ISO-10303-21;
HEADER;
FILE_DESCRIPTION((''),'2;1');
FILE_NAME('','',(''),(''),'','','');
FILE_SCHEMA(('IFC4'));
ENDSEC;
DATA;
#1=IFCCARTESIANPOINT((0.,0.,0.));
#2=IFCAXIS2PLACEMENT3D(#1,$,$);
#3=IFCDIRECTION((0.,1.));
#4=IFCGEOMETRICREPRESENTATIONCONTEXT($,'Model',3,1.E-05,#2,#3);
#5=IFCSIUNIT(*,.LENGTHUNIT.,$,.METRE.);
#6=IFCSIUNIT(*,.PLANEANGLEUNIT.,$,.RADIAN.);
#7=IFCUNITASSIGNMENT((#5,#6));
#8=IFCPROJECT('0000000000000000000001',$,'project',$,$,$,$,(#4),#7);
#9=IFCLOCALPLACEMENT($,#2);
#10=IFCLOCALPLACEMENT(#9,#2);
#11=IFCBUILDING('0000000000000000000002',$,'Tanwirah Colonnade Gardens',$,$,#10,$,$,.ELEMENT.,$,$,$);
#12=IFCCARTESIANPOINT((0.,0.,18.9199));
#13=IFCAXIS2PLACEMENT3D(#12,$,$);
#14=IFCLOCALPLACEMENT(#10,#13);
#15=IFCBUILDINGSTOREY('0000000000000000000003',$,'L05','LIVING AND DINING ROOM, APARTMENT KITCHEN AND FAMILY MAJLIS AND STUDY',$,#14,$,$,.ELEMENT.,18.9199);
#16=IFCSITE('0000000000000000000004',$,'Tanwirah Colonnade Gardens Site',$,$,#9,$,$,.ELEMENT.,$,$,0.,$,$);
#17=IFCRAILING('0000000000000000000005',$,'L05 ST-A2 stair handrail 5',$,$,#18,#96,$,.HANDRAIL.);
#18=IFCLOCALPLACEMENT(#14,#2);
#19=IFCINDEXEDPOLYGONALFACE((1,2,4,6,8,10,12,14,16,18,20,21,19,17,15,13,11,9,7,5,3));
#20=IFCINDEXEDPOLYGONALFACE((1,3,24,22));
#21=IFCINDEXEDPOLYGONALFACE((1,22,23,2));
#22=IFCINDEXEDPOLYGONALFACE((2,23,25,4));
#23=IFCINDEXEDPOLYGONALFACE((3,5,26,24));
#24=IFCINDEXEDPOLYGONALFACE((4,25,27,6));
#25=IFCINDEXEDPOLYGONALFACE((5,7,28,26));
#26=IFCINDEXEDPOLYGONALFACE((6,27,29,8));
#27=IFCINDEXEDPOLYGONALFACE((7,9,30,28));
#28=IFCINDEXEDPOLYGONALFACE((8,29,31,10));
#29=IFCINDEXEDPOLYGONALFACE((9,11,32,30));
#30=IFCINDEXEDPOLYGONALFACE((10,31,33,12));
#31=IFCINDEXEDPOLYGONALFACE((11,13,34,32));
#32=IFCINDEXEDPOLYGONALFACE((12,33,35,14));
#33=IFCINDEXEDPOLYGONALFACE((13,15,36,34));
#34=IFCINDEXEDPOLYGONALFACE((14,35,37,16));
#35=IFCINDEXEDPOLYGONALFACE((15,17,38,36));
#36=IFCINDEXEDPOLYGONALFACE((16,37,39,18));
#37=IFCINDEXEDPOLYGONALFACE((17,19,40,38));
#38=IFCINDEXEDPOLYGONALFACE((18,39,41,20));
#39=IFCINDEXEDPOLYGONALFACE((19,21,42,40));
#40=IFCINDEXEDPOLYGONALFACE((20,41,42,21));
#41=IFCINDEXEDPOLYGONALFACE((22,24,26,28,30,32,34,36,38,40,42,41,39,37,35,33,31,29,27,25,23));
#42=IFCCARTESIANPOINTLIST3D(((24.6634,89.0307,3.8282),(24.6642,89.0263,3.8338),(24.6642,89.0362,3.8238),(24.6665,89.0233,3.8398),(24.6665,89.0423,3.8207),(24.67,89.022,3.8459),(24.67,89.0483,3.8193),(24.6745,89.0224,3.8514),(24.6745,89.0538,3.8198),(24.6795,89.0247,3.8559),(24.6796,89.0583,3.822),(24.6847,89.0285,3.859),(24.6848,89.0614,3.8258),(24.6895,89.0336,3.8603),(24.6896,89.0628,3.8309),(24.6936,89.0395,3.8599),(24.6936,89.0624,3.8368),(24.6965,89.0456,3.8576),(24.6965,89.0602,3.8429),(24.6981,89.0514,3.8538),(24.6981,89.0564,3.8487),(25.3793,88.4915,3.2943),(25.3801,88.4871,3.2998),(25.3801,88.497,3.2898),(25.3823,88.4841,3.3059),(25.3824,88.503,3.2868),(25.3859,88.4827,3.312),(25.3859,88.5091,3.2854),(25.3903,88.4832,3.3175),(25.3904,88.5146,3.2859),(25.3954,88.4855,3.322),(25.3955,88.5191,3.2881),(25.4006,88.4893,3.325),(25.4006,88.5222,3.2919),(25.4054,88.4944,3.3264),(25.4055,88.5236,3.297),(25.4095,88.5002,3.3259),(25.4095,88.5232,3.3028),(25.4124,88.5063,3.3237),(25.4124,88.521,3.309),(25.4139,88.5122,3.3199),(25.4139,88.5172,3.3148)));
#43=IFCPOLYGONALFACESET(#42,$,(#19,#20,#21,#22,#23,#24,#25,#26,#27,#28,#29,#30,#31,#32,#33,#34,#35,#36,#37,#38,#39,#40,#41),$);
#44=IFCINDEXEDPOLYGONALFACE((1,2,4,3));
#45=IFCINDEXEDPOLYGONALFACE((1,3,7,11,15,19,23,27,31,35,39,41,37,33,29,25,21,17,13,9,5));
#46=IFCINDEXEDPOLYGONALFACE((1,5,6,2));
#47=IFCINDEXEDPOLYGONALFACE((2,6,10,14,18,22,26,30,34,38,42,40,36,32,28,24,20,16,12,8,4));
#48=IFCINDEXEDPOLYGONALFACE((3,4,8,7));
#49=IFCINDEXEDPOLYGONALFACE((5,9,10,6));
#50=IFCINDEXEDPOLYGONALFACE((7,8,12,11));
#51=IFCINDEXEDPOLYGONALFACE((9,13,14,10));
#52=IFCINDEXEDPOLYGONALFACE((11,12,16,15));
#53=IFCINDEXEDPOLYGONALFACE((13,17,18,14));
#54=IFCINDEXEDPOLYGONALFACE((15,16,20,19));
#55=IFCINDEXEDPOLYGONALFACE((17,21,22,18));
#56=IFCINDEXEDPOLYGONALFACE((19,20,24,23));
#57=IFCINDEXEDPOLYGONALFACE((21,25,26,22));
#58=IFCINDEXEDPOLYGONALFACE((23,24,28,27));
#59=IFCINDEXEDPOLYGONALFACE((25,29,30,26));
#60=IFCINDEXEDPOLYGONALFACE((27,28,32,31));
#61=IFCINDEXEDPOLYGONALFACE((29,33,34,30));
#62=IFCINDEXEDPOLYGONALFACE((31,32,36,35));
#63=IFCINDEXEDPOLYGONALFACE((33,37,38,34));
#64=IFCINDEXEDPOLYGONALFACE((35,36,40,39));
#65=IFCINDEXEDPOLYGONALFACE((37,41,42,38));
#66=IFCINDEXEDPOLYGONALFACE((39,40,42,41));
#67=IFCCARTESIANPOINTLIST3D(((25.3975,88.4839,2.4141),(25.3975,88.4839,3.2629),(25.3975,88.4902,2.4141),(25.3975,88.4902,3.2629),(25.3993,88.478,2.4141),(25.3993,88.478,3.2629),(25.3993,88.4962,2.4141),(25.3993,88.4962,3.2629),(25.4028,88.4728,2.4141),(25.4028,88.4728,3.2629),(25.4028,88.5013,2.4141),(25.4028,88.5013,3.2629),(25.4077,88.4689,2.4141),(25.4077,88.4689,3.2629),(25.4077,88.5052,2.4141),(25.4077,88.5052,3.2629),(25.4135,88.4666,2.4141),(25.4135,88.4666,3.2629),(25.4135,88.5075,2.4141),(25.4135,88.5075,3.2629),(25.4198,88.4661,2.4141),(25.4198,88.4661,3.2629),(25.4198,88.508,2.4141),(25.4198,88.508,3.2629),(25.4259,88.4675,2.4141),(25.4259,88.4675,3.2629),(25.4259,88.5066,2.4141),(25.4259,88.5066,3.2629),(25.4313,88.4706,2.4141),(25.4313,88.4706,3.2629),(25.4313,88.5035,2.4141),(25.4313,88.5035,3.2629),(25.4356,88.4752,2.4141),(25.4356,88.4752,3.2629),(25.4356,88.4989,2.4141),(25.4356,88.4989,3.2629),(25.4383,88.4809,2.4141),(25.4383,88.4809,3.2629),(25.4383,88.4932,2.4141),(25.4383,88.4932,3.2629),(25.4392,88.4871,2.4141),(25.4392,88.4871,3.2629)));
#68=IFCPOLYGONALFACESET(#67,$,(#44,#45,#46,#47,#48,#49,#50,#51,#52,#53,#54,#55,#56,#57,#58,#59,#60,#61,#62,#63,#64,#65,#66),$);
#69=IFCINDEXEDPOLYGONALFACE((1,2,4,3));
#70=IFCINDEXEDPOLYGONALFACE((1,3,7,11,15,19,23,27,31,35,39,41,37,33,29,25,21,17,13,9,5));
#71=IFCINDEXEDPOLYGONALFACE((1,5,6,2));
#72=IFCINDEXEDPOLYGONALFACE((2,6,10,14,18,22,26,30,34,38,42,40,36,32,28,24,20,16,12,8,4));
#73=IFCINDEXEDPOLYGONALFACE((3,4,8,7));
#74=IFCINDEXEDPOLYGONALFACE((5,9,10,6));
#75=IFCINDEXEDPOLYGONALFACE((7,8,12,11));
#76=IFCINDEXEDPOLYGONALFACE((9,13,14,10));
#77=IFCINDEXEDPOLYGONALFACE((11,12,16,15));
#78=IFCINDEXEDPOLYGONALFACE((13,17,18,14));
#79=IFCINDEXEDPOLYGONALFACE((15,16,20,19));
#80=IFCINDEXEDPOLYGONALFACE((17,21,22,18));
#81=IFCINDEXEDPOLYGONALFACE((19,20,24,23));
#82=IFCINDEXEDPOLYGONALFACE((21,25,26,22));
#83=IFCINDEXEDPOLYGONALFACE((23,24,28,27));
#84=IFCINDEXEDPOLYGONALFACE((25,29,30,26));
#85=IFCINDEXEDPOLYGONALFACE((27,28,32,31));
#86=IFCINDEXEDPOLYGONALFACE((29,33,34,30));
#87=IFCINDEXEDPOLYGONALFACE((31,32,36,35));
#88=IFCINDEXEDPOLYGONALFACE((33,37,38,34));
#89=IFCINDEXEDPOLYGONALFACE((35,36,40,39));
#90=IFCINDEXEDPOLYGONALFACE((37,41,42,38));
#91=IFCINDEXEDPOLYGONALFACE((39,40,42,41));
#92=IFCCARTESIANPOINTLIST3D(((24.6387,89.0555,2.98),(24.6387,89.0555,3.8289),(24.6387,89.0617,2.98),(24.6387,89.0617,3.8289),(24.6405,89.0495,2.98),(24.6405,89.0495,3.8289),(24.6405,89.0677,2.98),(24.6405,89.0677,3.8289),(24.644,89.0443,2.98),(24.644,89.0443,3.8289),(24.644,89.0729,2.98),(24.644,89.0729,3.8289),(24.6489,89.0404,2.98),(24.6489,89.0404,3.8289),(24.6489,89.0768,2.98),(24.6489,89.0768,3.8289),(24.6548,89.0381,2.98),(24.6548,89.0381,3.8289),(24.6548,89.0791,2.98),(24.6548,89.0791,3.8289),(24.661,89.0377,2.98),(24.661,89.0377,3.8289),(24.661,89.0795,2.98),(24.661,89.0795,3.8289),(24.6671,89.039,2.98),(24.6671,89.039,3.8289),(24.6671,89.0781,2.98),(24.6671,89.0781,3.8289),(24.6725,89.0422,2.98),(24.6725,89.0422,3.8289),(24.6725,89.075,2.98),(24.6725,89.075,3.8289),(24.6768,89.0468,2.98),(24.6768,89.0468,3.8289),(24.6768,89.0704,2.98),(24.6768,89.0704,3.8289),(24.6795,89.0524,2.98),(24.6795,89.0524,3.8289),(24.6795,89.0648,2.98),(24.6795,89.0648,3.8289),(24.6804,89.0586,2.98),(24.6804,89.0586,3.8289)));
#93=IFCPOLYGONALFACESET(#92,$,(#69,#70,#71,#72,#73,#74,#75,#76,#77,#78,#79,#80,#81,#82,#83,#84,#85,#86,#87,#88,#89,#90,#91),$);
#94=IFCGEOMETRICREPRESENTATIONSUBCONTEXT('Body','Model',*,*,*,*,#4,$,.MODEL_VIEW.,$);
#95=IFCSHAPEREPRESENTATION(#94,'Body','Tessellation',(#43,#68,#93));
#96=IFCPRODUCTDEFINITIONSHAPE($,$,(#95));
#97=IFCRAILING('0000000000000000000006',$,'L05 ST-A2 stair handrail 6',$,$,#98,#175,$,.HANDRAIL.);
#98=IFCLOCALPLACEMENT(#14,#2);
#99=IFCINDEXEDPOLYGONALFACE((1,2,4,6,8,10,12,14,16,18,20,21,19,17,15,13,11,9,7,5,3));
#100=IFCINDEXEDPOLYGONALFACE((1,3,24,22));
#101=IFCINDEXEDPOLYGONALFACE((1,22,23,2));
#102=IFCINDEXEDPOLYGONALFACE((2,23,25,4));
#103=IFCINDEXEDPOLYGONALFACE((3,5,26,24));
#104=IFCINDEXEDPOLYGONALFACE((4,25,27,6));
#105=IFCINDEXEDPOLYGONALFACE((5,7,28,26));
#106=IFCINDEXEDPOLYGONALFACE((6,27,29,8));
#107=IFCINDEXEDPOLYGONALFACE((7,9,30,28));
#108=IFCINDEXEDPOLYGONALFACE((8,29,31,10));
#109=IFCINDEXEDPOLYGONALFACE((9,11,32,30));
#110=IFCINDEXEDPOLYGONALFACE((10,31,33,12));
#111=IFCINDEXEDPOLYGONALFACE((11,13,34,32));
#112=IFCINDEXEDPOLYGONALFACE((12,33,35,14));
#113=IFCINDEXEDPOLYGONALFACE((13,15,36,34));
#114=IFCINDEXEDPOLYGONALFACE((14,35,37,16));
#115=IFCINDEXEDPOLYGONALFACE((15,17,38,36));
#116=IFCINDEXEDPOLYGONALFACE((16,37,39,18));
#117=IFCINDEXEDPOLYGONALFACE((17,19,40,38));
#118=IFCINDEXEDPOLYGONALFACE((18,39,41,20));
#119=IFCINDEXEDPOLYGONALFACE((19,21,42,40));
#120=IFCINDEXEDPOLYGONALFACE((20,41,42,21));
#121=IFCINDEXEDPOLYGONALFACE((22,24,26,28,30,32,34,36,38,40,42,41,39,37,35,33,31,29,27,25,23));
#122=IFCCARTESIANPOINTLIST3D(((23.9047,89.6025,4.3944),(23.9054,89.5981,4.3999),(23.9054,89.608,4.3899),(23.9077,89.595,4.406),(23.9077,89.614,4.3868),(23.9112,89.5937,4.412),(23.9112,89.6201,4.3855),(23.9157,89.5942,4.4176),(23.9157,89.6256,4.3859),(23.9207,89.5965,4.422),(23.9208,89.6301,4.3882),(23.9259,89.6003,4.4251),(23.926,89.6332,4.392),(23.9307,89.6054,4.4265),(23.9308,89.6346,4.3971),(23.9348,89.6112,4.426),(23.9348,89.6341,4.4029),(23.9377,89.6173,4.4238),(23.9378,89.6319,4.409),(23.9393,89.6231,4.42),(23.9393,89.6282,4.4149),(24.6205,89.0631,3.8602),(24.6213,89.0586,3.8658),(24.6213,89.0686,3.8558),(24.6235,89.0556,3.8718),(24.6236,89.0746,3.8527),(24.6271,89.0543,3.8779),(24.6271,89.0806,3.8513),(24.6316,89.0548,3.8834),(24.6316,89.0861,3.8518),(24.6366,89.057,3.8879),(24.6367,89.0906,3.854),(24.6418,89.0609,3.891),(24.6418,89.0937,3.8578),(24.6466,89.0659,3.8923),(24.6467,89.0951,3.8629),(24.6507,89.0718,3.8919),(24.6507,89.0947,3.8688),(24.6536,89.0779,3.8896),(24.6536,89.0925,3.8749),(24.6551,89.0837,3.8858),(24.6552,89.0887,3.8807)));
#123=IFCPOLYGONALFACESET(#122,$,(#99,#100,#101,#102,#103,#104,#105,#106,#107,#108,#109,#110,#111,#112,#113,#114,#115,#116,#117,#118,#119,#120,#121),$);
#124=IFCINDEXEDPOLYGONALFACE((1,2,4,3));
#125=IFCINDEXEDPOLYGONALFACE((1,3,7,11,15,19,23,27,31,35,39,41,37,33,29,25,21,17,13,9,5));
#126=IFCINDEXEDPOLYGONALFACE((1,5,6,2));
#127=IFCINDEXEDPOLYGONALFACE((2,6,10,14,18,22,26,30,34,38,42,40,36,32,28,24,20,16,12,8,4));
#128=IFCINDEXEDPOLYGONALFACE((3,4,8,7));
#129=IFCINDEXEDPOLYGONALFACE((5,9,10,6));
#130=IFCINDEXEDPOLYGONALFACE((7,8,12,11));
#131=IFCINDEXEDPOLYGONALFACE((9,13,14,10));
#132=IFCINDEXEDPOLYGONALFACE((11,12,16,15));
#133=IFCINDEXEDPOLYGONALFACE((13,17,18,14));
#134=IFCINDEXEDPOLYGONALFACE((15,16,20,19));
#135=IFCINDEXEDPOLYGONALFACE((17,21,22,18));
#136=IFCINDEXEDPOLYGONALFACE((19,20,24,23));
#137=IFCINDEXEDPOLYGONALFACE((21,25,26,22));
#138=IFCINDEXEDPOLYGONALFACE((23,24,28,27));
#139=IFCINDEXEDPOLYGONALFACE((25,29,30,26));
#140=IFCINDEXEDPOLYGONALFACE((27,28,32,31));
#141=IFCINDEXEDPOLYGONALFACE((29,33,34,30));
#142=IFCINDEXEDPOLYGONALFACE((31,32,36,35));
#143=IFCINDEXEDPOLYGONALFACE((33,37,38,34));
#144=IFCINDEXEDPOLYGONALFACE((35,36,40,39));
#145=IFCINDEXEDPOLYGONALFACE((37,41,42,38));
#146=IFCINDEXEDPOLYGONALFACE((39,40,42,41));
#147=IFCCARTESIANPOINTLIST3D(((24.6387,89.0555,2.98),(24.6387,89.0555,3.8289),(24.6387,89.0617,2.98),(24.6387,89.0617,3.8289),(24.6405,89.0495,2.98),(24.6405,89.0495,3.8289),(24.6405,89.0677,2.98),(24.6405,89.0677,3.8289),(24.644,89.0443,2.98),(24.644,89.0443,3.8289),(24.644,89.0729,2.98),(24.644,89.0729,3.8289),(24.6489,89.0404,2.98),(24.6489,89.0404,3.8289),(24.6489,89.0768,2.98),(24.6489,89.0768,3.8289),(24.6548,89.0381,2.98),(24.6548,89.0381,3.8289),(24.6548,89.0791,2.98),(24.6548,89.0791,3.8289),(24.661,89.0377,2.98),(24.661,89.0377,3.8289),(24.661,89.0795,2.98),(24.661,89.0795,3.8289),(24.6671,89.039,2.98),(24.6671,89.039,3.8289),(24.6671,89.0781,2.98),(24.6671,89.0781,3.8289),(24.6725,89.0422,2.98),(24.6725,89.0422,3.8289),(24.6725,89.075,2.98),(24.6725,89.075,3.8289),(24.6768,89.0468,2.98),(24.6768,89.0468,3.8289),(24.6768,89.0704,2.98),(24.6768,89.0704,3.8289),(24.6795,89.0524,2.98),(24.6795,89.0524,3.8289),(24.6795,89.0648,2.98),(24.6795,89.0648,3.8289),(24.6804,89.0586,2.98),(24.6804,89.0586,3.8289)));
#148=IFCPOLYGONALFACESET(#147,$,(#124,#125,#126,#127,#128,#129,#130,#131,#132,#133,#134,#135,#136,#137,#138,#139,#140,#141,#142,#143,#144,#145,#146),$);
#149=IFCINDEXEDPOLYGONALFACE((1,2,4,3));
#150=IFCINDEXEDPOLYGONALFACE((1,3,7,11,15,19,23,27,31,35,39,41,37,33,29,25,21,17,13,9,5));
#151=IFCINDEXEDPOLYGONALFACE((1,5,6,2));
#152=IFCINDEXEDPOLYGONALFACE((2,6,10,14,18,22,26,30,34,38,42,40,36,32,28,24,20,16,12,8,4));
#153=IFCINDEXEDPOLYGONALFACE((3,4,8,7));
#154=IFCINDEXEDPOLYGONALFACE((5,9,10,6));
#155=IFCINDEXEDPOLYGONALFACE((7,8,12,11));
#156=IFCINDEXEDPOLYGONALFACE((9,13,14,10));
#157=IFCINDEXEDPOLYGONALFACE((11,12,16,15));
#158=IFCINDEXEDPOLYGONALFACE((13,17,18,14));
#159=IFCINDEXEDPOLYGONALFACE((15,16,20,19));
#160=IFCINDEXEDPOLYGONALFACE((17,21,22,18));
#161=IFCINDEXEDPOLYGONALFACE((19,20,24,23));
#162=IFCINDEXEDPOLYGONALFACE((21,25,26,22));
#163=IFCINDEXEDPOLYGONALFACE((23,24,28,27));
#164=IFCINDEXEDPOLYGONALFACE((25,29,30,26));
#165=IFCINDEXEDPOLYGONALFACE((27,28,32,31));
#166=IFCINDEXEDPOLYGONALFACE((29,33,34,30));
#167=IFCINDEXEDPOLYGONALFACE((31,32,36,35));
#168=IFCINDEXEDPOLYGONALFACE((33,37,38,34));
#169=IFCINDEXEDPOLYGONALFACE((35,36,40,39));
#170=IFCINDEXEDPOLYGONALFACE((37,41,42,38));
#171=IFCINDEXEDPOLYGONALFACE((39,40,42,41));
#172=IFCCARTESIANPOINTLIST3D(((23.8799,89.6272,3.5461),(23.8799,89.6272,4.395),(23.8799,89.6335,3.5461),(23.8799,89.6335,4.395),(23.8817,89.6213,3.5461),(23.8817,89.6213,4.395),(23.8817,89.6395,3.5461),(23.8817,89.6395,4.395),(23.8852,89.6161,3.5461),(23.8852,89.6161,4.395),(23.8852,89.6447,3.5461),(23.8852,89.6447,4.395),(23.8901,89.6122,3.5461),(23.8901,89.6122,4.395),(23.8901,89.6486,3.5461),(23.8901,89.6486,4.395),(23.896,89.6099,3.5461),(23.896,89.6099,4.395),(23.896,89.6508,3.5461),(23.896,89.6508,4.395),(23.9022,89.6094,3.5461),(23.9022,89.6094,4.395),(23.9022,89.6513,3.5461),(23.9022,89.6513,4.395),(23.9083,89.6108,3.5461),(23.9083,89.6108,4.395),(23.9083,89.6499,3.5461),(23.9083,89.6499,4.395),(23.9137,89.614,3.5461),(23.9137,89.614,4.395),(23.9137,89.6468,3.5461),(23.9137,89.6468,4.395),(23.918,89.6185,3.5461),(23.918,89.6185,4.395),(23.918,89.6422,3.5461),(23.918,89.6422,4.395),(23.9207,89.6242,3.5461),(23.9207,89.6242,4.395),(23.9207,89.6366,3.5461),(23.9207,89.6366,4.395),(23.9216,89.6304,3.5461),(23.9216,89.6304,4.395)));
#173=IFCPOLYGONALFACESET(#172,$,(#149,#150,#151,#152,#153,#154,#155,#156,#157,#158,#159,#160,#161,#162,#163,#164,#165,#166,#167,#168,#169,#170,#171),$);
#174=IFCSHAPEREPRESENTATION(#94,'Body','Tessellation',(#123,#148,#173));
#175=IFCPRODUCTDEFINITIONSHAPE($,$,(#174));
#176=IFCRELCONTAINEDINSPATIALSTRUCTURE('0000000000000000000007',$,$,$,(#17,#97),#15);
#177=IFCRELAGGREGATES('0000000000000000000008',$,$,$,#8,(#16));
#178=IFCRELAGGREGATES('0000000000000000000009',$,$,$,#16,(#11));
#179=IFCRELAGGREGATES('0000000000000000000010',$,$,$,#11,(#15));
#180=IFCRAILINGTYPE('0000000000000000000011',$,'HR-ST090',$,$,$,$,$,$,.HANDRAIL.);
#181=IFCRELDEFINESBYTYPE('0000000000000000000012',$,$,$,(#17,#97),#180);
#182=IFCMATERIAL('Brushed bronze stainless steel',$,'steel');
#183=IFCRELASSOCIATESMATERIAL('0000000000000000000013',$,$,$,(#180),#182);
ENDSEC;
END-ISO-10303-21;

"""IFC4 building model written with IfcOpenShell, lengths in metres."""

from ifc_helpers import new_model, si_unit, direction, frame, origin, origin_2d, place, context, subcontext, project, spatial, circle, extrude, material, type_object, element, save


model = new_model("IFC4")

# Units and contexts
model_context = context("Model", 3, precision=1e-05, world=origin(), true_north=direction((0.0, 1.0)))
body_context = subcontext(model_context, "Body", "Model", "MODEL_VIEW")
ifc_project = project(units=[si_unit("LENGTHUNIT", "METRE"), si_unit("PLANEANGLEUNIT", "RADIAN")], contexts=[model_context])

# Site, building, storey
site_placement = place(None, origin())
site = spatial("IfcSite", under=ifc_project, at=site_placement, Name="Tanwirah Colonnade Gardens Site", CompositionType="ELEMENT", RefElevation=0.0)
building_placement = place(site_placement, origin())
building = spatial("IfcBuilding", under=site, at=building_placement, Name="Tanwirah Colonnade Gardens", CompositionType="ELEMENT")
storey_placement = place(building_placement, frame((0.0, 0.0, 18.9199)))
storey = spatial("IfcBuildingStorey", under=building, at=storey_placement, Name="L05", Description="LIVING AND DINING ROOM, APARTMENT KITCHEN AND FAMILY MAJLIS AND STUDY", CompositionType="ELEMENT", Elevation=18.9199)

# Railings
ifc_material_1 = material(Name="Brushed bronze stainless steel", Category="steel")
railing_type_1 = type_object("IfcRailingType", Name="HR-ST090", PredefinedType="HANDRAIL", material=ifc_material_1)
railing_1_placement = place(storey_placement, frame((25.4182, 88.4871, 2.4141)))
element("IfcRailing", 1, at=railing_1_placement, inside=storey, type_object=railing_type_1, Name="L05 ST-A2 stair handrail 5", PredefinedType="HANDRAIL", context=body_context, shape_type="SweptSolid", body=[
    extrude(circle(Radius=0.0239, at=origin_2d()), frame((-0.0215, 0.0161, 0.8918), z_axis=(-0.686224, 0.516876, 0.511797), x_axis=(-0.601644, -0.798765, 0.0)), (0.0, 0.0, 1.0), 1.0432),
    extrude(circle(Radius=0.021, at=origin_2d()), origin(), (0.0, 0.0, 1.0), 0.8489),
    extrude(circle(Radius=0.021, at=origin_2d()), frame((-0.7588, 0.5715, 0.5659)), (0.0, 0.0, 1.0), 0.8489),
])
railing_2_placement = place(storey_placement, frame((24.6594, 89.0586, 2.98)))
element("IfcRailing", 2, at=railing_2_placement, inside=storey, type_object=railing_type_1, Name="L05 ST-A2 stair handrail 6", PredefinedType="HANDRAIL", context=body_context, shape_type="SweptSolid", body=[
    extrude(circle(Radius=0.0239, at=origin_2d()), frame((-0.0215, 0.0161, 0.8918), z_axis=(-0.686068, 0.516979, 0.511902), x_axis=(-0.601807, -0.798641, 0.0)), (0.0, 0.0, 1.0), 1.0435),
    extrude(circle(Radius=0.021, at=origin_2d()), origin(), (0.0, 0.0, 1.0), 0.8489),
    extrude(circle(Radius=0.021, at=origin_2d()), frame((-0.7588, 0.5718, 0.5662)), (0.0, 0.0, 1.0), 0.8489),
])

save(model, "model.ifc")
